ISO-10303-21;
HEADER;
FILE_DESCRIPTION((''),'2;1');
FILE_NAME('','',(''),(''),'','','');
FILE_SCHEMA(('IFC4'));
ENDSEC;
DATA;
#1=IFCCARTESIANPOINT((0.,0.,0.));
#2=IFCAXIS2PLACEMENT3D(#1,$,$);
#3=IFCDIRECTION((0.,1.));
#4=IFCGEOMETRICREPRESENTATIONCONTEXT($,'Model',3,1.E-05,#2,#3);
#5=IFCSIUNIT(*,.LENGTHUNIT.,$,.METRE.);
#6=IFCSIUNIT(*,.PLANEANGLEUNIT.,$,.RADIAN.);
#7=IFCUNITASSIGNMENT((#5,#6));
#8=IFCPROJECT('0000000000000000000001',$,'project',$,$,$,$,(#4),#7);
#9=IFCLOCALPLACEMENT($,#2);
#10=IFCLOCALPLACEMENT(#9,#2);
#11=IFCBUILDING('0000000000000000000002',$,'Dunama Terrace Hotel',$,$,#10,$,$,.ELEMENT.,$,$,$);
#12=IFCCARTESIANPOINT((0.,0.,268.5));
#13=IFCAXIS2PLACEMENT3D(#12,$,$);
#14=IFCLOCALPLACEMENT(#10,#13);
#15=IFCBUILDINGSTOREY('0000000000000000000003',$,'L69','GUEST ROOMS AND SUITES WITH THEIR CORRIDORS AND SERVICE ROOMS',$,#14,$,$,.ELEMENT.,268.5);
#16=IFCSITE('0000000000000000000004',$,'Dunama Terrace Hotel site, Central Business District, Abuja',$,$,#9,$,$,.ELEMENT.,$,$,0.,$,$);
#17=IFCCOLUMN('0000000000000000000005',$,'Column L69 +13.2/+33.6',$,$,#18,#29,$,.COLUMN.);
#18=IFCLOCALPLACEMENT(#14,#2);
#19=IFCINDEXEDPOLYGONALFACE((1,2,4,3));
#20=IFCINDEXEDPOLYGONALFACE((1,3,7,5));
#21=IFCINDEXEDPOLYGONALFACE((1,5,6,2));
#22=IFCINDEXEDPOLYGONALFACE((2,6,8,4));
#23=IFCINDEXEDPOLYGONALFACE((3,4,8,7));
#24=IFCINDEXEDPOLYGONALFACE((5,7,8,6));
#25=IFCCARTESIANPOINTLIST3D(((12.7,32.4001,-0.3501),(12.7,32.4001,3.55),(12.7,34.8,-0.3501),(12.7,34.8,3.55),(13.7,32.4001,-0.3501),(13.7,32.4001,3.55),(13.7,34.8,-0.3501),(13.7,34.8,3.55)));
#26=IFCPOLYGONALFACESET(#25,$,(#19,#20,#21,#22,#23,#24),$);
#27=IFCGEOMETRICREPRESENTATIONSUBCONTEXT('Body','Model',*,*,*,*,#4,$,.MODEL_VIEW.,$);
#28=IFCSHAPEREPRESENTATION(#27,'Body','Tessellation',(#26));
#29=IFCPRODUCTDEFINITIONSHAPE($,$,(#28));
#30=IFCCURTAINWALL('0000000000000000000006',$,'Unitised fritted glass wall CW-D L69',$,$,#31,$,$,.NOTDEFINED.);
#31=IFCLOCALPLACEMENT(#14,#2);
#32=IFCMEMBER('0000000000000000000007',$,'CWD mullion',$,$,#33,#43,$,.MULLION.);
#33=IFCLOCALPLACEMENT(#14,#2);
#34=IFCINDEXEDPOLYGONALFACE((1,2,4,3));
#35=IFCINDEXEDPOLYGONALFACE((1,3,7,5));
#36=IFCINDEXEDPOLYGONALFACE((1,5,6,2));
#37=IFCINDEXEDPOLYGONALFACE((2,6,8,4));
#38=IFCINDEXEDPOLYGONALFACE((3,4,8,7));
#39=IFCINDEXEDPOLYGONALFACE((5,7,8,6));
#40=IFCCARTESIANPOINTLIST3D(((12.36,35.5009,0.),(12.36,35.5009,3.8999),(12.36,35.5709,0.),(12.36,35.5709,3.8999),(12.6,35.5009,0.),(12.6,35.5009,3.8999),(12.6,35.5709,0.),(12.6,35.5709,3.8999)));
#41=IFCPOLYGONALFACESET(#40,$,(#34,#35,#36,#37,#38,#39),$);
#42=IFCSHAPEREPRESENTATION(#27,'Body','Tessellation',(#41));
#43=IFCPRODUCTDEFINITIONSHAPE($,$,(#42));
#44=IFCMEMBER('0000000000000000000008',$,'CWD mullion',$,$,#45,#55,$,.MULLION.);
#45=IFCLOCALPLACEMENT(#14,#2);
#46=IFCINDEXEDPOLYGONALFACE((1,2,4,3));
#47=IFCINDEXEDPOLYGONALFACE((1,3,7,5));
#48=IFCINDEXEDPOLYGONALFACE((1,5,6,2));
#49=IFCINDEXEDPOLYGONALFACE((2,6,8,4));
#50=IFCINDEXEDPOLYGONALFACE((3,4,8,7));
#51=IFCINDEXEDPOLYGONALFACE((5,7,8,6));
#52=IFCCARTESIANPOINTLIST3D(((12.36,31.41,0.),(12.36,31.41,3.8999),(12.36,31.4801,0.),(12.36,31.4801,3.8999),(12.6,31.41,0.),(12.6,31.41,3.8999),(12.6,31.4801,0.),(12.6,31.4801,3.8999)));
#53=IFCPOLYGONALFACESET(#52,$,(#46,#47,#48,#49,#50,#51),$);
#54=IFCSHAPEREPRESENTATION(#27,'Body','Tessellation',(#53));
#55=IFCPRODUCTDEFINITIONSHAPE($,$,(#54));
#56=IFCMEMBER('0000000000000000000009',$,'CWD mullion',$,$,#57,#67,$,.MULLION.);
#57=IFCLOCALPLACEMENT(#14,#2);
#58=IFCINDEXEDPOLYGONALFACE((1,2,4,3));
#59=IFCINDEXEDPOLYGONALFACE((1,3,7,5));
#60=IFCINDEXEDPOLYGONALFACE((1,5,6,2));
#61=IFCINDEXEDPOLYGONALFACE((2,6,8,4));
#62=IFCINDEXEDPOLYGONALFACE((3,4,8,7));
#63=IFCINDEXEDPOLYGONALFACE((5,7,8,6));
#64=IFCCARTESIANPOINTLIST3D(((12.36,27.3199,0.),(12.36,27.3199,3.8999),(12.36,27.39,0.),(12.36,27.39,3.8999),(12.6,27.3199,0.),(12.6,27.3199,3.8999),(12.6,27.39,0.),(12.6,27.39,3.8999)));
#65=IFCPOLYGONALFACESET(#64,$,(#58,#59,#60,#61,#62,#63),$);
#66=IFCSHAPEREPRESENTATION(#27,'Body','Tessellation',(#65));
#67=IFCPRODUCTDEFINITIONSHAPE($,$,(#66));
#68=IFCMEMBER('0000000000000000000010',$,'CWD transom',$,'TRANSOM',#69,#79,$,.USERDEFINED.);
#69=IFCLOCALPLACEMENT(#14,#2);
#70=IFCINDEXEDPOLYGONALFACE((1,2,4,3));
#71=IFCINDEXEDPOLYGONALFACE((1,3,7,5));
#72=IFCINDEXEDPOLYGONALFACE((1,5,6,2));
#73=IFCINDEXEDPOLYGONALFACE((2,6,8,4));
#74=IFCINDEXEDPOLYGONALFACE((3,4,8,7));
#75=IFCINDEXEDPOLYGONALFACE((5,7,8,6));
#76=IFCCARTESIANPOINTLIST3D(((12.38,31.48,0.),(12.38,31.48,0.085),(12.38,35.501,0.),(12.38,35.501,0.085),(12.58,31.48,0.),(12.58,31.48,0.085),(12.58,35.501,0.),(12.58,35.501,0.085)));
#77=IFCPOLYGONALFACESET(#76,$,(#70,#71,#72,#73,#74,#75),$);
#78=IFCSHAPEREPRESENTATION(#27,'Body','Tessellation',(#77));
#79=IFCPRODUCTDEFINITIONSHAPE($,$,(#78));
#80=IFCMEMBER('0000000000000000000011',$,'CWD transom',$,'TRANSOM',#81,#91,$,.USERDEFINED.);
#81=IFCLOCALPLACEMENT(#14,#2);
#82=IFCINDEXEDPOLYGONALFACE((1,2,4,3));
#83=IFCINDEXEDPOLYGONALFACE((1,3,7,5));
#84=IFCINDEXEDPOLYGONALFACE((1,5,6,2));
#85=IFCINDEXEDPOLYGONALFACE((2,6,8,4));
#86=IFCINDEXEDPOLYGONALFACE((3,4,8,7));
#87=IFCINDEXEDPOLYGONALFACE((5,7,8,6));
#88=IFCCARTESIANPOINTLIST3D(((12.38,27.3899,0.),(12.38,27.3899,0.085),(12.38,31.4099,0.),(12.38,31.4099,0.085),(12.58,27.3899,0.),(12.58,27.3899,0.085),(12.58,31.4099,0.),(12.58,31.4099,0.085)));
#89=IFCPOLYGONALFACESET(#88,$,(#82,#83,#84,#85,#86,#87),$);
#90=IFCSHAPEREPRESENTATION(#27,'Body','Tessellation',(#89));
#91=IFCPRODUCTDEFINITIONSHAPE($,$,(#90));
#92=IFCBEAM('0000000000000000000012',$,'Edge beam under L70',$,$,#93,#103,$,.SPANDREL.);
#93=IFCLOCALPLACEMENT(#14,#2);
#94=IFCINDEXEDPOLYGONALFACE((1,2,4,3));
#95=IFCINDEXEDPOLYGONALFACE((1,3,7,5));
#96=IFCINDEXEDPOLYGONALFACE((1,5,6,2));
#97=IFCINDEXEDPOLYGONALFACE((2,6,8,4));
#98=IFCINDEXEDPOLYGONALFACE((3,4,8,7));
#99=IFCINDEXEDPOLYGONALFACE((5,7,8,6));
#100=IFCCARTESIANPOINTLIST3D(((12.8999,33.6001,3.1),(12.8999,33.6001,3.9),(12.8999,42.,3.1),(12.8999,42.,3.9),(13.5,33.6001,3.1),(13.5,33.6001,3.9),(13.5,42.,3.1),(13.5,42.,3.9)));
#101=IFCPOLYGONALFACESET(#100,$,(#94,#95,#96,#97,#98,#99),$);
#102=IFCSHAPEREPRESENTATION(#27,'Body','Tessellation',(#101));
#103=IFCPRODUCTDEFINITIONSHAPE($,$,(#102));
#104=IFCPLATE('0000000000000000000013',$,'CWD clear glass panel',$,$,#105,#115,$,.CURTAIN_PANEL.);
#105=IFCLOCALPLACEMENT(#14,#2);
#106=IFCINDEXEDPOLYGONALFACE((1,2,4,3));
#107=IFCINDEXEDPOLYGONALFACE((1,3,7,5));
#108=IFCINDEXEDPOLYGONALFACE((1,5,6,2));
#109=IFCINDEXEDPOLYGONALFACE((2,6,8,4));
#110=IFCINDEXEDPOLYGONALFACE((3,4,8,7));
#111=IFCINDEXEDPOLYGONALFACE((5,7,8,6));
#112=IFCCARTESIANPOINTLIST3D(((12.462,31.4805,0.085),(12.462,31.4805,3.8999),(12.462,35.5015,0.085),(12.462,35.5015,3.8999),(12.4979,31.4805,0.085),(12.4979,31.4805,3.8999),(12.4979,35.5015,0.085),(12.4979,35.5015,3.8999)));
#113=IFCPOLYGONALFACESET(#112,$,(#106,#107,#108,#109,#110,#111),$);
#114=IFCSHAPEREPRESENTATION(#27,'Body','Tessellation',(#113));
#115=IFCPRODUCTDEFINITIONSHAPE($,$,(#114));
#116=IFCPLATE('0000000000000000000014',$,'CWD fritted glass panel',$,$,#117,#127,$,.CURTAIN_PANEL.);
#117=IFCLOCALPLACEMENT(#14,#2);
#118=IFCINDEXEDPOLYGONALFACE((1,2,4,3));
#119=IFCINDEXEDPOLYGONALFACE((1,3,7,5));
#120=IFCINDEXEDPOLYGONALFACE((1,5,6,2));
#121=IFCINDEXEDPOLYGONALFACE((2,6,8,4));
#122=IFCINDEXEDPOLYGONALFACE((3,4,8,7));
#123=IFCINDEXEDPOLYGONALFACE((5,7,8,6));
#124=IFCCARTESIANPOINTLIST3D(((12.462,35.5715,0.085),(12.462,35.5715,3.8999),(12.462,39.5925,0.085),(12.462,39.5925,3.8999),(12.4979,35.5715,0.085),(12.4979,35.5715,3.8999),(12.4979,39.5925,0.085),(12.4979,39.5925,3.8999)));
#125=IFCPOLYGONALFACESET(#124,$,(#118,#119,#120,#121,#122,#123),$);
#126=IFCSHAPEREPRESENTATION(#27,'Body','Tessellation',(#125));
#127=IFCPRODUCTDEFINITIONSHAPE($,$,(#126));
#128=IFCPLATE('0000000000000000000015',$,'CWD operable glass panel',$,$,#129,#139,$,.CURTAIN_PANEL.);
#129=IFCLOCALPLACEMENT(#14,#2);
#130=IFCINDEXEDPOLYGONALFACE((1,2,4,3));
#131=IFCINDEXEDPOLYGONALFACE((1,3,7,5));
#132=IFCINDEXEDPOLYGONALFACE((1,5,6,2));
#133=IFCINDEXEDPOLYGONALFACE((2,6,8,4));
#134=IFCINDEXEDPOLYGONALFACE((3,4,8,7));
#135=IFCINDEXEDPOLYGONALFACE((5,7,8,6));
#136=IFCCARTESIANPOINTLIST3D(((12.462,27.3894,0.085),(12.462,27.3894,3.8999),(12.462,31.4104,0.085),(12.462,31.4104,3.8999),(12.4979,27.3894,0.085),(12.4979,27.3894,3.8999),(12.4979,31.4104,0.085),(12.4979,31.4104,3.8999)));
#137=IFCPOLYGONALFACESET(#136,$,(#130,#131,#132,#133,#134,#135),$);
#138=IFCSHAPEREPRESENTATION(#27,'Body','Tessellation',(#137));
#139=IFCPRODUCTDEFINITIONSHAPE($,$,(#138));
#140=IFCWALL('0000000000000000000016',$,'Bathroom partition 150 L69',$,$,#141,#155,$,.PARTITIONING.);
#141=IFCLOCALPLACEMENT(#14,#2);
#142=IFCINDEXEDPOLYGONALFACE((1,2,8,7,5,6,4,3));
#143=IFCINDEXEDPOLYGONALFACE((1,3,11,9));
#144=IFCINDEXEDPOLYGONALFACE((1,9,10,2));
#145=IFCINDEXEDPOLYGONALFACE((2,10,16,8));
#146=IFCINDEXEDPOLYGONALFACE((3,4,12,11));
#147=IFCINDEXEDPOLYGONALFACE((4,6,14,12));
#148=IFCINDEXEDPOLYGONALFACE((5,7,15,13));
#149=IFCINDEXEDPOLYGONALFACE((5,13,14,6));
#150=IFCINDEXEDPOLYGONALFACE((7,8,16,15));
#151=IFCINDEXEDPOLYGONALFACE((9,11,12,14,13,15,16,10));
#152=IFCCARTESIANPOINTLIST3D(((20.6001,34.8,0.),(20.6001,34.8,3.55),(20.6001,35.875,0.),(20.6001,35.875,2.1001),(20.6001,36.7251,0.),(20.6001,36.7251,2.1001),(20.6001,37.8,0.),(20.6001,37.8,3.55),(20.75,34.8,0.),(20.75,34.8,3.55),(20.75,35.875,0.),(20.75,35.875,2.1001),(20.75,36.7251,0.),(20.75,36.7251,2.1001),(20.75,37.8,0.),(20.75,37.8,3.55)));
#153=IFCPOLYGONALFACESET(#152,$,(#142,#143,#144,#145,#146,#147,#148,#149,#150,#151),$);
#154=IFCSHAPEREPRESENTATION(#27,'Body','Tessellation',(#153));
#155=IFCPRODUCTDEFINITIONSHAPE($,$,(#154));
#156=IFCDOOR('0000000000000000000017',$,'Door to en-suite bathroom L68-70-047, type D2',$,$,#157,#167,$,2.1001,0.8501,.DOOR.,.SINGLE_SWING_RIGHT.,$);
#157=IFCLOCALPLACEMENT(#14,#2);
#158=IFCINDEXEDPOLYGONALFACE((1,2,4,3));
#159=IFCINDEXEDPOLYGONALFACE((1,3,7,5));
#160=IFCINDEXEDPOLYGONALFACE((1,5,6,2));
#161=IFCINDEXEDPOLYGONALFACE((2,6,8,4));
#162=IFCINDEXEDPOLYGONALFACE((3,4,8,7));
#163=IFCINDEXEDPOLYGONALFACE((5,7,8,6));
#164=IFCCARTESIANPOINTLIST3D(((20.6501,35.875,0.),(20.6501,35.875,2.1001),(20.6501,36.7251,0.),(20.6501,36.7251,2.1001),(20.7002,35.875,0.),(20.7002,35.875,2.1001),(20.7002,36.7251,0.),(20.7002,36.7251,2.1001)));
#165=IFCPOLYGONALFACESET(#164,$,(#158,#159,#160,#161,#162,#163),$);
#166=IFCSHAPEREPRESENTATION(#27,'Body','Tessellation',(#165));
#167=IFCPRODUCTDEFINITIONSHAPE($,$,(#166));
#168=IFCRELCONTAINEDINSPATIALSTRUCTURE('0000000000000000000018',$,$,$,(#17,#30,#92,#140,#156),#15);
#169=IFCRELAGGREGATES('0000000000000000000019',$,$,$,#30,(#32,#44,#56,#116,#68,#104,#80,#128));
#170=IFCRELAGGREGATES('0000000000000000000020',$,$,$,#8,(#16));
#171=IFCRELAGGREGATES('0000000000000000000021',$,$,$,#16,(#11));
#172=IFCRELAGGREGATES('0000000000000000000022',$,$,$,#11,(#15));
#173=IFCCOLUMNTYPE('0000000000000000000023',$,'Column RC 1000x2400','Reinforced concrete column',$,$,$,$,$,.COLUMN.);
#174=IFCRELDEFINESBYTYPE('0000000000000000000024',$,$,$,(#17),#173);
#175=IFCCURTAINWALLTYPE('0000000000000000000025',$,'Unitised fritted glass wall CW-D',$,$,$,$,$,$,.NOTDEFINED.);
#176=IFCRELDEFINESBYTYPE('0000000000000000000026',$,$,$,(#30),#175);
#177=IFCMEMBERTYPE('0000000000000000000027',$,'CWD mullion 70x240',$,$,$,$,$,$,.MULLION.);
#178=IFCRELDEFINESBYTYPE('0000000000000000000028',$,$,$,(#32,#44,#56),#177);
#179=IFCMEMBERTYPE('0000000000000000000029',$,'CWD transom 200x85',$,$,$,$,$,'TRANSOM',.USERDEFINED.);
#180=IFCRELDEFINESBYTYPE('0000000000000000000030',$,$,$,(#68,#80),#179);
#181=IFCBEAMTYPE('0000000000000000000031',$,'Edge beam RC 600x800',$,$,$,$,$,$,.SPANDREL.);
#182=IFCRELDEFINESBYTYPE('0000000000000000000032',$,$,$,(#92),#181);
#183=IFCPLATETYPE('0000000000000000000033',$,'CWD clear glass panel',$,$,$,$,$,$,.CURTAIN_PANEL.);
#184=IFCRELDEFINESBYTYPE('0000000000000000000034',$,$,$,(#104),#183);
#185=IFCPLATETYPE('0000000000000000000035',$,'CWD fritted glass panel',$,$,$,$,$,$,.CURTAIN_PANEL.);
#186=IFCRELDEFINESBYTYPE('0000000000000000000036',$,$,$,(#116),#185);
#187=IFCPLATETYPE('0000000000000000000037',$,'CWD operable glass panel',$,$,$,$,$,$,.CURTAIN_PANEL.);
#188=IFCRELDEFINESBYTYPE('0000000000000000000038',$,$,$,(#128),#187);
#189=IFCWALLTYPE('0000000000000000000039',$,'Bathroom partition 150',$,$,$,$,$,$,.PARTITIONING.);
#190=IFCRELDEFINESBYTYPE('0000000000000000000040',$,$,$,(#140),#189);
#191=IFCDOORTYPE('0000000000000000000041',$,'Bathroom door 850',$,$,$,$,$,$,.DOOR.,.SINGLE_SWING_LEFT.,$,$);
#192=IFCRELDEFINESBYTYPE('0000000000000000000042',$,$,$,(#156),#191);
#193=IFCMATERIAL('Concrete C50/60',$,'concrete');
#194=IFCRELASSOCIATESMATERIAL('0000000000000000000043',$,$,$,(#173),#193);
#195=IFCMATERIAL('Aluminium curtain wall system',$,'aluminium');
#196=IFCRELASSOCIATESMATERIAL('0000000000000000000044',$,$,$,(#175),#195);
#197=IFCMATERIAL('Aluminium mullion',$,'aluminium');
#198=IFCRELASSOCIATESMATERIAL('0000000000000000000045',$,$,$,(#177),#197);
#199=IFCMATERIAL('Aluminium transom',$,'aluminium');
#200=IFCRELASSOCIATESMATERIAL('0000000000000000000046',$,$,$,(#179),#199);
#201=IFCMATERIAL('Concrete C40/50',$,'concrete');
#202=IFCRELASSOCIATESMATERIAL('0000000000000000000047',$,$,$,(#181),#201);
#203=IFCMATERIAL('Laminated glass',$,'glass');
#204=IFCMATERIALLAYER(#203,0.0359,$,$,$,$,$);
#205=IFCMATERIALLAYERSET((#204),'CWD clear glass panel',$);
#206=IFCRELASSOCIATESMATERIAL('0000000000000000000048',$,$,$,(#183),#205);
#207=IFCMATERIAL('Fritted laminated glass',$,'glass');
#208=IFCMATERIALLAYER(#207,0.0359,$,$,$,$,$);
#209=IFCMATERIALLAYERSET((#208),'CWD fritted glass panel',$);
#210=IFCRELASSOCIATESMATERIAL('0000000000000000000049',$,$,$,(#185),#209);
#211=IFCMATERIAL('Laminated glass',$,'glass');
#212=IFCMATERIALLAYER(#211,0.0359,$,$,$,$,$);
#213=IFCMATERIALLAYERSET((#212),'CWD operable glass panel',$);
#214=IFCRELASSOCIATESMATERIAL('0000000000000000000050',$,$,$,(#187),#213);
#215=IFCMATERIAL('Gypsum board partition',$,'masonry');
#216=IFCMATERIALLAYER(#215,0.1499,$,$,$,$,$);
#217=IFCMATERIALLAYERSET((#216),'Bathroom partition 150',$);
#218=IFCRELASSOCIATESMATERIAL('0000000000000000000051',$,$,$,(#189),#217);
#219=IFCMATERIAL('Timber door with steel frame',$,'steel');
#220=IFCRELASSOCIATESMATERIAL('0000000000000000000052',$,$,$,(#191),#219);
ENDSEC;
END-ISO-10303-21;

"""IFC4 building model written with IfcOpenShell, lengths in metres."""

from ifc_helpers import new_model, si_unit, direction, frame, frame_2d, origin, origin_2d, place, context, subcontext, project, spatial, rectangle, extrude, material, layer, layer_set, material_profile, profile_set, type_object, element, fill, aggregate, save


model = new_model("IFC4")

# Units and contexts
model_context = context("Model", 3, precision=1e-05, world=origin(), true_north=direction((0.0, 1.0)))
body_context = subcontext(model_context, "Body", "Model", "MODEL_VIEW")
ifc_project = project(units=[si_unit("LENGTHUNIT", "METRE"), si_unit("PLANEANGLEUNIT", "RADIAN")], contexts=[model_context])

# Site, building, storey
site_placement = place(None, origin())
site = spatial("IfcSite", under=ifc_project, at=site_placement, Name="Dunama Terrace Hotel site, Central Business District, Abuja", CompositionType="ELEMENT", RefElevation=0.0)
building_placement = place(site_placement, origin())
building = spatial("IfcBuilding", under=site, at=building_placement, Name="Dunama Terrace Hotel", CompositionType="ELEMENT")
storey_placement = place(building_placement, frame((0.0, 0.0, 268.5)))
storey = spatial("IfcBuildingStorey", under=building, at=storey_placement, Name="L69", Description="GUEST ROOMS AND SUITES WITH THEIR CORRIDORS AND SERVICE ROOMS", CompositionType="ELEMENT", Elevation=268.5)

# Column
ifc_material_1 = material(Name="Concrete C50/60", Category="concrete")
ifc_material_profile_1 = material_profile(ifc_material_1, rectangle(XDim=1.0, YDim=2.3999, at=origin_2d()), Name="RC 1000x2400")
ifc_profile_set_1 = profile_set([ifc_material_profile_1], Name="Concrete C50/60")
column_type = type_object("IfcColumnType", Name="Column RC 1000x2400", Description="Reinforced concrete column", PredefinedType="COLUMN", material=ifc_profile_set_1)
column_placement = place(storey_placement, frame((13.2, 33.6001, -0.3501), z_axis=(0.0, 0.0, 1.0), x_axis=(1.0, 0.0, 0.0)))
element("IfcColumn", 1, at=column_placement, inside=storey, type_object=column_type, Name="Column L69 +13.2/+33.6", PredefinedType="COLUMN", context=body_context, shape_type="SweptSolid", body=[
    extrude(rectangle(XDim=1.0, YDim=2.3999, at=origin_2d()), origin(), (0.0, 0.0, 1.0), 3.9001),
])

# Curtain wall, members
ifc_material_2 = material(Name="Aluminium curtain wall system", Category="aluminium")
curtain_wall_type = type_object("IfcCurtainWallType", Name="Unitised fritted glass wall CW-D", PredefinedType="NOTDEFINED", material=ifc_material_2)
curtain_wall_placement = place(storey_placement, origin())
curtain_wall = element("IfcCurtainWall", 2, at=curtain_wall_placement, inside=storey, type_object=curtain_wall_type, Name="Unitised fritted glass wall CW-D L69", PredefinedType="NOTDEFINED")
ifc_material_3 = material(Name="Aluminium mullion", Category="aluminium")
ifc_material_profile_2 = material_profile(ifc_material_3, rectangle(XDim=0.0701, YDim=0.24, at=origin_2d()), Name="CWD MULLION 70X240")
ifc_profile_set_2 = profile_set([ifc_material_profile_2], Name="Aluminium mullion")
member_type_1 = type_object("IfcMemberType", Name="CWD mullion 70x240", PredefinedType="MULLION", material=ifc_profile_set_2)
member_1_placement = place(storey_placement, frame((12.48, 35.5359, 0.0), z_axis=(0.0, 0.0, 1.0), x_axis=(0.0, -1.0, 0.0)))
member_1 = element("IfcMember", 3, at=member_1_placement, type_object=member_type_1, Name="CWD mullion", PredefinedType="MULLION", context=body_context, shape_type="SweptSolid", body=[
    extrude(rectangle(XDim=0.0701, YDim=0.24, at=origin_2d()), origin(), (0.0, 0.0, 1.0), 3.8999),
])
member_2_placement = place(storey_placement, frame((12.48, 31.4451, 0.0), z_axis=(0.0, 0.0, 1.0), x_axis=(0.0, -1.0, 0.0)))
member_2 = element("IfcMember", 4, at=member_2_placement, type_object=member_type_1, Name="CWD mullion", PredefinedType="MULLION", context=body_context, shape_type="SweptSolid", body=[
    extrude(rectangle(XDim=0.0701, YDim=0.24, at=origin_2d()), origin(), (0.0, 0.0, 1.0), 3.8999),
])
member_3_placement = place(storey_placement, frame((12.48, 27.355, 0.0), z_axis=(0.0, 0.0, 1.0), x_axis=(0.0, -1.0, 0.0)))
member_3 = element("IfcMember", 5, at=member_3_placement, type_object=member_type_1, Name="CWD mullion", PredefinedType="MULLION", context=body_context, shape_type="SweptSolid", body=[
    extrude(rectangle(XDim=0.0701, YDim=0.24, at=origin_2d()), origin(), (0.0, 0.0, 1.0), 3.8999),
])
ifc_material_4 = material(Name="Aluminium transom", Category="aluminium")
ifc_material_profile_3 = material_profile(ifc_material_4, rectangle(XDim=0.2, YDim=0.085, at=origin_2d()), Name="CWD TRANSOM 200X85")
ifc_profile_set_3 = profile_set([ifc_material_profile_3], Name="Aluminium transom")
member_type_2 = type_object("IfcMemberType", Name="CWD transom 200x85", ElementType="TRANSOM", PredefinedType="USERDEFINED", material=ifc_profile_set_3)
member_4_placement = place(storey_placement, frame((12.48, 35.501, 0.0425), z_axis=(0.0, -1.0, 0.0), x_axis=(1.0, 0.0, 0.0)))
member_4 = element("IfcMember", 6, at=member_4_placement, type_object=member_type_2, Name="CWD transom", ObjectType="TRANSOM", PredefinedType="USERDEFINED", context=body_context, shape_type="SweptSolid", body=[
    extrude(rectangle(XDim=0.2, YDim=0.085, at=origin_2d()), origin(), (0.0, 0.0, 1.0), 4.021),
])
member_5_placement = place(storey_placement, frame((12.48, 31.4099, 0.0425), z_axis=(0.0, -1.0, 0.0), x_axis=(1.0, 0.0, 0.0)))
member_5 = element("IfcMember", 7, at=member_5_placement, type_object=member_type_2, Name="CWD transom", ObjectType="TRANSOM", PredefinedType="USERDEFINED", context=body_context, shape_type="SweptSolid", body=[
    extrude(rectangle(XDim=0.2, YDim=0.085, at=origin_2d()), origin(), (0.0, 0.0, 1.0), 4.02),
])

# Beam
ifc_material_5 = material(Name="Concrete C40/50", Category="concrete")
ifc_material_profile_4 = material_profile(ifc_material_5, rectangle(XDim=0.6001, YDim=0.8, at=origin_2d()), Name="RC 600x800")
ifc_profile_set_4 = profile_set([ifc_material_profile_4], Name="Concrete C40/50")
beam_type = type_object("IfcBeamType", Name="Edge beam RC 600x800", PredefinedType="SPANDREL", material=ifc_profile_set_4)
beam_placement = place(storey_placement, frame((13.2, 33.6001, 3.5), z_axis=(0.0, 1.0, 0.0), x_axis=(-1.0, 0.0, 0.0)))
element("IfcBeam", 8, at=beam_placement, inside=storey, type_object=beam_type, Name="Edge beam under L70", PredefinedType="SPANDREL", context=body_context, shape_type="SweptSolid", body=[
    extrude(rectangle(XDim=0.6001, YDim=0.8, at=origin_2d()), origin(), (0.0, 0.0, 1.0), 8.3999),
])

# Plates
ifc_material_6 = material(Name="Laminated glass", Category="glass")
ifc_layer_1 = layer(ifc_material_6, 0.0359)
ifc_layer_set_1 = layer_set([ifc_layer_1], Name="CWD clear glass panel")
plate_type_1 = type_object("IfcPlateType", Name="CWD clear glass panel", PredefinedType="CURTAIN_PANEL", material=ifc_layer_set_1)
plate_1_placement = place(storey_placement, frame((12.48, 33.491, 0.085), z_axis=(0.0, 0.0, 1.0), x_axis=(0.0, -1.0, 0.0)))
plate_1 = element("IfcPlate", 9, at=plate_1_placement, type_object=plate_type_1, Name="CWD clear glass panel", PredefinedType="CURTAIN_PANEL", context=body_context, shape_type="SweptSolid", body=[
    extrude(rectangle(XDim=4.021, YDim=0.0359, at=origin_2d()), origin(), (0.0, 0.0, 1.0), 3.8149),
])
ifc_material_7 = material(Name="Fritted laminated glass", Category="glass")
ifc_layer_2 = layer(ifc_material_7, 0.0359)
ifc_layer_set_2 = layer_set([ifc_layer_2], Name="CWD fritted glass panel")
plate_type_2 = type_object("IfcPlateType", Name="CWD fritted glass panel", PredefinedType="CURTAIN_PANEL", material=ifc_layer_set_2)
plate_2_placement = place(storey_placement, frame((12.48, 37.582, 0.085), z_axis=(0.0, 0.0, 1.0), x_axis=(0.0, -1.0, 0.0)))
plate_2 = element("IfcPlate", 10, at=plate_2_placement, type_object=plate_type_2, Name="CWD fritted glass panel", PredefinedType="CURTAIN_PANEL", context=body_context, shape_type="SweptSolid", body=[
    extrude(rectangle(XDim=4.021, YDim=0.0359, at=origin_2d()), origin(), (0.0, 0.0, 1.0), 3.8149),
])
ifc_material_8 = material(Name="Laminated glass", Category="glass")
ifc_layer_3 = layer(ifc_material_8, 0.0359)
ifc_layer_set_3 = layer_set([ifc_layer_3], Name="CWD operable glass panel")
plate_type_3 = type_object("IfcPlateType", Name="CWD operable glass panel", PredefinedType="CURTAIN_PANEL", material=ifc_layer_set_3)
plate_3_placement = place(storey_placement, frame((12.48, 29.3999, 0.085), z_axis=(0.0, 0.0, 1.0), x_axis=(0.0, -1.0, 0.0)))
plate_3 = element("IfcPlate", 11, at=plate_3_placement, type_object=plate_type_3, Name="CWD operable glass panel", PredefinedType="CURTAIN_PANEL", context=body_context, shape_type="SweptSolid", body=[
    extrude(rectangle(XDim=4.021, YDim=0.0359, at=origin_2d()), origin(), (0.0, 0.0, 1.0), 3.8149),
])
aggregate(curtain_wall, [member_1, member_2, member_3, plate_2, member_4, plate_1, member_5, plate_3])

# Wall, opening, door
ifc_material_9 = material(Name="Gypsum board partition", Category="masonry")
ifc_layer_4 = layer(ifc_material_9, 0.1499)
ifc_layer_set_4 = layer_set([ifc_layer_4], Name="Bathroom partition 150")
wall_type_1 = type_object("IfcWallType", Name="Bathroom partition 150", PredefinedType="PARTITIONING", material=ifc_layer_set_4)
wall_1_placement = place(storey_placement, frame((20.675, 34.8, 0.0), z_axis=(0.0, 0.0, 1.0), x_axis=(0.0, 1.0, 0.0)))
wall_1 = element("IfcWall", 12, at=wall_1_placement, inside=storey, type_object=wall_type_1, Name="Bathroom partition 150 L69", PredefinedType="PARTITIONING", context=body_context, shape_type="SweptSolid", body=[
    extrude(rectangle(XDim=3.0, YDim=0.1499, at=frame_2d((1.5, 0.0))), origin(), (0.0, 0.0, 1.0), 3.55),
])
opening_1_placement = place(wall_1_placement, frame((1.075, 0.0, 0.0)))
opening_1 = element("IfcOpeningElement", 13, at=opening_1_placement, cuts=wall_1, PredefinedType="OPENING", context=body_context, shape_type="SweptSolid", body=[
    extrude(rectangle(XDim=0.8501, YDim=2.1001, at=frame_2d((0.425, 1.05))), frame((0.0, 0.085, 0.0), z_axis=(0.0, -1.0, 0.0), x_axis=(1.0, 0.0, 0.0)), (0.0, 0.0, 1.0), 0.1699),
])
ifc_material_10 = material(Name="Timber door with steel frame", Category="steel")
door_type_1 = type_object("IfcDoorType", Name="Bathroom door 850", OperationType="SINGLE_SWING_LEFT", PredefinedType="DOOR", material=ifc_material_10)
door_1_placement = place(opening_1_placement, origin())
door_1 = element("IfcDoor", 14, at=door_1_placement, inside=storey, type_object=door_type_1, Name="Door to en-suite bathroom L68-70-047, type D2", OperationType="SINGLE_SWING_RIGHT", OverallHeight=2.1001, OverallWidth=0.8501, PredefinedType="DOOR", context=body_context, shape_type="SweptSolid", body=[
    extrude(rectangle(XDim=0.8501, YDim=2.1001, at=frame_2d((0.425, 1.05))), frame((0.0, 0.0249, 0.0), z_axis=(0.0, -1.0, 0.0), x_axis=(1.0, 0.0, 0.0)), (0.0, 0.0, 1.0), 0.05),
])
fill(opening_1, door_1)

save(model, "model.ifc")
